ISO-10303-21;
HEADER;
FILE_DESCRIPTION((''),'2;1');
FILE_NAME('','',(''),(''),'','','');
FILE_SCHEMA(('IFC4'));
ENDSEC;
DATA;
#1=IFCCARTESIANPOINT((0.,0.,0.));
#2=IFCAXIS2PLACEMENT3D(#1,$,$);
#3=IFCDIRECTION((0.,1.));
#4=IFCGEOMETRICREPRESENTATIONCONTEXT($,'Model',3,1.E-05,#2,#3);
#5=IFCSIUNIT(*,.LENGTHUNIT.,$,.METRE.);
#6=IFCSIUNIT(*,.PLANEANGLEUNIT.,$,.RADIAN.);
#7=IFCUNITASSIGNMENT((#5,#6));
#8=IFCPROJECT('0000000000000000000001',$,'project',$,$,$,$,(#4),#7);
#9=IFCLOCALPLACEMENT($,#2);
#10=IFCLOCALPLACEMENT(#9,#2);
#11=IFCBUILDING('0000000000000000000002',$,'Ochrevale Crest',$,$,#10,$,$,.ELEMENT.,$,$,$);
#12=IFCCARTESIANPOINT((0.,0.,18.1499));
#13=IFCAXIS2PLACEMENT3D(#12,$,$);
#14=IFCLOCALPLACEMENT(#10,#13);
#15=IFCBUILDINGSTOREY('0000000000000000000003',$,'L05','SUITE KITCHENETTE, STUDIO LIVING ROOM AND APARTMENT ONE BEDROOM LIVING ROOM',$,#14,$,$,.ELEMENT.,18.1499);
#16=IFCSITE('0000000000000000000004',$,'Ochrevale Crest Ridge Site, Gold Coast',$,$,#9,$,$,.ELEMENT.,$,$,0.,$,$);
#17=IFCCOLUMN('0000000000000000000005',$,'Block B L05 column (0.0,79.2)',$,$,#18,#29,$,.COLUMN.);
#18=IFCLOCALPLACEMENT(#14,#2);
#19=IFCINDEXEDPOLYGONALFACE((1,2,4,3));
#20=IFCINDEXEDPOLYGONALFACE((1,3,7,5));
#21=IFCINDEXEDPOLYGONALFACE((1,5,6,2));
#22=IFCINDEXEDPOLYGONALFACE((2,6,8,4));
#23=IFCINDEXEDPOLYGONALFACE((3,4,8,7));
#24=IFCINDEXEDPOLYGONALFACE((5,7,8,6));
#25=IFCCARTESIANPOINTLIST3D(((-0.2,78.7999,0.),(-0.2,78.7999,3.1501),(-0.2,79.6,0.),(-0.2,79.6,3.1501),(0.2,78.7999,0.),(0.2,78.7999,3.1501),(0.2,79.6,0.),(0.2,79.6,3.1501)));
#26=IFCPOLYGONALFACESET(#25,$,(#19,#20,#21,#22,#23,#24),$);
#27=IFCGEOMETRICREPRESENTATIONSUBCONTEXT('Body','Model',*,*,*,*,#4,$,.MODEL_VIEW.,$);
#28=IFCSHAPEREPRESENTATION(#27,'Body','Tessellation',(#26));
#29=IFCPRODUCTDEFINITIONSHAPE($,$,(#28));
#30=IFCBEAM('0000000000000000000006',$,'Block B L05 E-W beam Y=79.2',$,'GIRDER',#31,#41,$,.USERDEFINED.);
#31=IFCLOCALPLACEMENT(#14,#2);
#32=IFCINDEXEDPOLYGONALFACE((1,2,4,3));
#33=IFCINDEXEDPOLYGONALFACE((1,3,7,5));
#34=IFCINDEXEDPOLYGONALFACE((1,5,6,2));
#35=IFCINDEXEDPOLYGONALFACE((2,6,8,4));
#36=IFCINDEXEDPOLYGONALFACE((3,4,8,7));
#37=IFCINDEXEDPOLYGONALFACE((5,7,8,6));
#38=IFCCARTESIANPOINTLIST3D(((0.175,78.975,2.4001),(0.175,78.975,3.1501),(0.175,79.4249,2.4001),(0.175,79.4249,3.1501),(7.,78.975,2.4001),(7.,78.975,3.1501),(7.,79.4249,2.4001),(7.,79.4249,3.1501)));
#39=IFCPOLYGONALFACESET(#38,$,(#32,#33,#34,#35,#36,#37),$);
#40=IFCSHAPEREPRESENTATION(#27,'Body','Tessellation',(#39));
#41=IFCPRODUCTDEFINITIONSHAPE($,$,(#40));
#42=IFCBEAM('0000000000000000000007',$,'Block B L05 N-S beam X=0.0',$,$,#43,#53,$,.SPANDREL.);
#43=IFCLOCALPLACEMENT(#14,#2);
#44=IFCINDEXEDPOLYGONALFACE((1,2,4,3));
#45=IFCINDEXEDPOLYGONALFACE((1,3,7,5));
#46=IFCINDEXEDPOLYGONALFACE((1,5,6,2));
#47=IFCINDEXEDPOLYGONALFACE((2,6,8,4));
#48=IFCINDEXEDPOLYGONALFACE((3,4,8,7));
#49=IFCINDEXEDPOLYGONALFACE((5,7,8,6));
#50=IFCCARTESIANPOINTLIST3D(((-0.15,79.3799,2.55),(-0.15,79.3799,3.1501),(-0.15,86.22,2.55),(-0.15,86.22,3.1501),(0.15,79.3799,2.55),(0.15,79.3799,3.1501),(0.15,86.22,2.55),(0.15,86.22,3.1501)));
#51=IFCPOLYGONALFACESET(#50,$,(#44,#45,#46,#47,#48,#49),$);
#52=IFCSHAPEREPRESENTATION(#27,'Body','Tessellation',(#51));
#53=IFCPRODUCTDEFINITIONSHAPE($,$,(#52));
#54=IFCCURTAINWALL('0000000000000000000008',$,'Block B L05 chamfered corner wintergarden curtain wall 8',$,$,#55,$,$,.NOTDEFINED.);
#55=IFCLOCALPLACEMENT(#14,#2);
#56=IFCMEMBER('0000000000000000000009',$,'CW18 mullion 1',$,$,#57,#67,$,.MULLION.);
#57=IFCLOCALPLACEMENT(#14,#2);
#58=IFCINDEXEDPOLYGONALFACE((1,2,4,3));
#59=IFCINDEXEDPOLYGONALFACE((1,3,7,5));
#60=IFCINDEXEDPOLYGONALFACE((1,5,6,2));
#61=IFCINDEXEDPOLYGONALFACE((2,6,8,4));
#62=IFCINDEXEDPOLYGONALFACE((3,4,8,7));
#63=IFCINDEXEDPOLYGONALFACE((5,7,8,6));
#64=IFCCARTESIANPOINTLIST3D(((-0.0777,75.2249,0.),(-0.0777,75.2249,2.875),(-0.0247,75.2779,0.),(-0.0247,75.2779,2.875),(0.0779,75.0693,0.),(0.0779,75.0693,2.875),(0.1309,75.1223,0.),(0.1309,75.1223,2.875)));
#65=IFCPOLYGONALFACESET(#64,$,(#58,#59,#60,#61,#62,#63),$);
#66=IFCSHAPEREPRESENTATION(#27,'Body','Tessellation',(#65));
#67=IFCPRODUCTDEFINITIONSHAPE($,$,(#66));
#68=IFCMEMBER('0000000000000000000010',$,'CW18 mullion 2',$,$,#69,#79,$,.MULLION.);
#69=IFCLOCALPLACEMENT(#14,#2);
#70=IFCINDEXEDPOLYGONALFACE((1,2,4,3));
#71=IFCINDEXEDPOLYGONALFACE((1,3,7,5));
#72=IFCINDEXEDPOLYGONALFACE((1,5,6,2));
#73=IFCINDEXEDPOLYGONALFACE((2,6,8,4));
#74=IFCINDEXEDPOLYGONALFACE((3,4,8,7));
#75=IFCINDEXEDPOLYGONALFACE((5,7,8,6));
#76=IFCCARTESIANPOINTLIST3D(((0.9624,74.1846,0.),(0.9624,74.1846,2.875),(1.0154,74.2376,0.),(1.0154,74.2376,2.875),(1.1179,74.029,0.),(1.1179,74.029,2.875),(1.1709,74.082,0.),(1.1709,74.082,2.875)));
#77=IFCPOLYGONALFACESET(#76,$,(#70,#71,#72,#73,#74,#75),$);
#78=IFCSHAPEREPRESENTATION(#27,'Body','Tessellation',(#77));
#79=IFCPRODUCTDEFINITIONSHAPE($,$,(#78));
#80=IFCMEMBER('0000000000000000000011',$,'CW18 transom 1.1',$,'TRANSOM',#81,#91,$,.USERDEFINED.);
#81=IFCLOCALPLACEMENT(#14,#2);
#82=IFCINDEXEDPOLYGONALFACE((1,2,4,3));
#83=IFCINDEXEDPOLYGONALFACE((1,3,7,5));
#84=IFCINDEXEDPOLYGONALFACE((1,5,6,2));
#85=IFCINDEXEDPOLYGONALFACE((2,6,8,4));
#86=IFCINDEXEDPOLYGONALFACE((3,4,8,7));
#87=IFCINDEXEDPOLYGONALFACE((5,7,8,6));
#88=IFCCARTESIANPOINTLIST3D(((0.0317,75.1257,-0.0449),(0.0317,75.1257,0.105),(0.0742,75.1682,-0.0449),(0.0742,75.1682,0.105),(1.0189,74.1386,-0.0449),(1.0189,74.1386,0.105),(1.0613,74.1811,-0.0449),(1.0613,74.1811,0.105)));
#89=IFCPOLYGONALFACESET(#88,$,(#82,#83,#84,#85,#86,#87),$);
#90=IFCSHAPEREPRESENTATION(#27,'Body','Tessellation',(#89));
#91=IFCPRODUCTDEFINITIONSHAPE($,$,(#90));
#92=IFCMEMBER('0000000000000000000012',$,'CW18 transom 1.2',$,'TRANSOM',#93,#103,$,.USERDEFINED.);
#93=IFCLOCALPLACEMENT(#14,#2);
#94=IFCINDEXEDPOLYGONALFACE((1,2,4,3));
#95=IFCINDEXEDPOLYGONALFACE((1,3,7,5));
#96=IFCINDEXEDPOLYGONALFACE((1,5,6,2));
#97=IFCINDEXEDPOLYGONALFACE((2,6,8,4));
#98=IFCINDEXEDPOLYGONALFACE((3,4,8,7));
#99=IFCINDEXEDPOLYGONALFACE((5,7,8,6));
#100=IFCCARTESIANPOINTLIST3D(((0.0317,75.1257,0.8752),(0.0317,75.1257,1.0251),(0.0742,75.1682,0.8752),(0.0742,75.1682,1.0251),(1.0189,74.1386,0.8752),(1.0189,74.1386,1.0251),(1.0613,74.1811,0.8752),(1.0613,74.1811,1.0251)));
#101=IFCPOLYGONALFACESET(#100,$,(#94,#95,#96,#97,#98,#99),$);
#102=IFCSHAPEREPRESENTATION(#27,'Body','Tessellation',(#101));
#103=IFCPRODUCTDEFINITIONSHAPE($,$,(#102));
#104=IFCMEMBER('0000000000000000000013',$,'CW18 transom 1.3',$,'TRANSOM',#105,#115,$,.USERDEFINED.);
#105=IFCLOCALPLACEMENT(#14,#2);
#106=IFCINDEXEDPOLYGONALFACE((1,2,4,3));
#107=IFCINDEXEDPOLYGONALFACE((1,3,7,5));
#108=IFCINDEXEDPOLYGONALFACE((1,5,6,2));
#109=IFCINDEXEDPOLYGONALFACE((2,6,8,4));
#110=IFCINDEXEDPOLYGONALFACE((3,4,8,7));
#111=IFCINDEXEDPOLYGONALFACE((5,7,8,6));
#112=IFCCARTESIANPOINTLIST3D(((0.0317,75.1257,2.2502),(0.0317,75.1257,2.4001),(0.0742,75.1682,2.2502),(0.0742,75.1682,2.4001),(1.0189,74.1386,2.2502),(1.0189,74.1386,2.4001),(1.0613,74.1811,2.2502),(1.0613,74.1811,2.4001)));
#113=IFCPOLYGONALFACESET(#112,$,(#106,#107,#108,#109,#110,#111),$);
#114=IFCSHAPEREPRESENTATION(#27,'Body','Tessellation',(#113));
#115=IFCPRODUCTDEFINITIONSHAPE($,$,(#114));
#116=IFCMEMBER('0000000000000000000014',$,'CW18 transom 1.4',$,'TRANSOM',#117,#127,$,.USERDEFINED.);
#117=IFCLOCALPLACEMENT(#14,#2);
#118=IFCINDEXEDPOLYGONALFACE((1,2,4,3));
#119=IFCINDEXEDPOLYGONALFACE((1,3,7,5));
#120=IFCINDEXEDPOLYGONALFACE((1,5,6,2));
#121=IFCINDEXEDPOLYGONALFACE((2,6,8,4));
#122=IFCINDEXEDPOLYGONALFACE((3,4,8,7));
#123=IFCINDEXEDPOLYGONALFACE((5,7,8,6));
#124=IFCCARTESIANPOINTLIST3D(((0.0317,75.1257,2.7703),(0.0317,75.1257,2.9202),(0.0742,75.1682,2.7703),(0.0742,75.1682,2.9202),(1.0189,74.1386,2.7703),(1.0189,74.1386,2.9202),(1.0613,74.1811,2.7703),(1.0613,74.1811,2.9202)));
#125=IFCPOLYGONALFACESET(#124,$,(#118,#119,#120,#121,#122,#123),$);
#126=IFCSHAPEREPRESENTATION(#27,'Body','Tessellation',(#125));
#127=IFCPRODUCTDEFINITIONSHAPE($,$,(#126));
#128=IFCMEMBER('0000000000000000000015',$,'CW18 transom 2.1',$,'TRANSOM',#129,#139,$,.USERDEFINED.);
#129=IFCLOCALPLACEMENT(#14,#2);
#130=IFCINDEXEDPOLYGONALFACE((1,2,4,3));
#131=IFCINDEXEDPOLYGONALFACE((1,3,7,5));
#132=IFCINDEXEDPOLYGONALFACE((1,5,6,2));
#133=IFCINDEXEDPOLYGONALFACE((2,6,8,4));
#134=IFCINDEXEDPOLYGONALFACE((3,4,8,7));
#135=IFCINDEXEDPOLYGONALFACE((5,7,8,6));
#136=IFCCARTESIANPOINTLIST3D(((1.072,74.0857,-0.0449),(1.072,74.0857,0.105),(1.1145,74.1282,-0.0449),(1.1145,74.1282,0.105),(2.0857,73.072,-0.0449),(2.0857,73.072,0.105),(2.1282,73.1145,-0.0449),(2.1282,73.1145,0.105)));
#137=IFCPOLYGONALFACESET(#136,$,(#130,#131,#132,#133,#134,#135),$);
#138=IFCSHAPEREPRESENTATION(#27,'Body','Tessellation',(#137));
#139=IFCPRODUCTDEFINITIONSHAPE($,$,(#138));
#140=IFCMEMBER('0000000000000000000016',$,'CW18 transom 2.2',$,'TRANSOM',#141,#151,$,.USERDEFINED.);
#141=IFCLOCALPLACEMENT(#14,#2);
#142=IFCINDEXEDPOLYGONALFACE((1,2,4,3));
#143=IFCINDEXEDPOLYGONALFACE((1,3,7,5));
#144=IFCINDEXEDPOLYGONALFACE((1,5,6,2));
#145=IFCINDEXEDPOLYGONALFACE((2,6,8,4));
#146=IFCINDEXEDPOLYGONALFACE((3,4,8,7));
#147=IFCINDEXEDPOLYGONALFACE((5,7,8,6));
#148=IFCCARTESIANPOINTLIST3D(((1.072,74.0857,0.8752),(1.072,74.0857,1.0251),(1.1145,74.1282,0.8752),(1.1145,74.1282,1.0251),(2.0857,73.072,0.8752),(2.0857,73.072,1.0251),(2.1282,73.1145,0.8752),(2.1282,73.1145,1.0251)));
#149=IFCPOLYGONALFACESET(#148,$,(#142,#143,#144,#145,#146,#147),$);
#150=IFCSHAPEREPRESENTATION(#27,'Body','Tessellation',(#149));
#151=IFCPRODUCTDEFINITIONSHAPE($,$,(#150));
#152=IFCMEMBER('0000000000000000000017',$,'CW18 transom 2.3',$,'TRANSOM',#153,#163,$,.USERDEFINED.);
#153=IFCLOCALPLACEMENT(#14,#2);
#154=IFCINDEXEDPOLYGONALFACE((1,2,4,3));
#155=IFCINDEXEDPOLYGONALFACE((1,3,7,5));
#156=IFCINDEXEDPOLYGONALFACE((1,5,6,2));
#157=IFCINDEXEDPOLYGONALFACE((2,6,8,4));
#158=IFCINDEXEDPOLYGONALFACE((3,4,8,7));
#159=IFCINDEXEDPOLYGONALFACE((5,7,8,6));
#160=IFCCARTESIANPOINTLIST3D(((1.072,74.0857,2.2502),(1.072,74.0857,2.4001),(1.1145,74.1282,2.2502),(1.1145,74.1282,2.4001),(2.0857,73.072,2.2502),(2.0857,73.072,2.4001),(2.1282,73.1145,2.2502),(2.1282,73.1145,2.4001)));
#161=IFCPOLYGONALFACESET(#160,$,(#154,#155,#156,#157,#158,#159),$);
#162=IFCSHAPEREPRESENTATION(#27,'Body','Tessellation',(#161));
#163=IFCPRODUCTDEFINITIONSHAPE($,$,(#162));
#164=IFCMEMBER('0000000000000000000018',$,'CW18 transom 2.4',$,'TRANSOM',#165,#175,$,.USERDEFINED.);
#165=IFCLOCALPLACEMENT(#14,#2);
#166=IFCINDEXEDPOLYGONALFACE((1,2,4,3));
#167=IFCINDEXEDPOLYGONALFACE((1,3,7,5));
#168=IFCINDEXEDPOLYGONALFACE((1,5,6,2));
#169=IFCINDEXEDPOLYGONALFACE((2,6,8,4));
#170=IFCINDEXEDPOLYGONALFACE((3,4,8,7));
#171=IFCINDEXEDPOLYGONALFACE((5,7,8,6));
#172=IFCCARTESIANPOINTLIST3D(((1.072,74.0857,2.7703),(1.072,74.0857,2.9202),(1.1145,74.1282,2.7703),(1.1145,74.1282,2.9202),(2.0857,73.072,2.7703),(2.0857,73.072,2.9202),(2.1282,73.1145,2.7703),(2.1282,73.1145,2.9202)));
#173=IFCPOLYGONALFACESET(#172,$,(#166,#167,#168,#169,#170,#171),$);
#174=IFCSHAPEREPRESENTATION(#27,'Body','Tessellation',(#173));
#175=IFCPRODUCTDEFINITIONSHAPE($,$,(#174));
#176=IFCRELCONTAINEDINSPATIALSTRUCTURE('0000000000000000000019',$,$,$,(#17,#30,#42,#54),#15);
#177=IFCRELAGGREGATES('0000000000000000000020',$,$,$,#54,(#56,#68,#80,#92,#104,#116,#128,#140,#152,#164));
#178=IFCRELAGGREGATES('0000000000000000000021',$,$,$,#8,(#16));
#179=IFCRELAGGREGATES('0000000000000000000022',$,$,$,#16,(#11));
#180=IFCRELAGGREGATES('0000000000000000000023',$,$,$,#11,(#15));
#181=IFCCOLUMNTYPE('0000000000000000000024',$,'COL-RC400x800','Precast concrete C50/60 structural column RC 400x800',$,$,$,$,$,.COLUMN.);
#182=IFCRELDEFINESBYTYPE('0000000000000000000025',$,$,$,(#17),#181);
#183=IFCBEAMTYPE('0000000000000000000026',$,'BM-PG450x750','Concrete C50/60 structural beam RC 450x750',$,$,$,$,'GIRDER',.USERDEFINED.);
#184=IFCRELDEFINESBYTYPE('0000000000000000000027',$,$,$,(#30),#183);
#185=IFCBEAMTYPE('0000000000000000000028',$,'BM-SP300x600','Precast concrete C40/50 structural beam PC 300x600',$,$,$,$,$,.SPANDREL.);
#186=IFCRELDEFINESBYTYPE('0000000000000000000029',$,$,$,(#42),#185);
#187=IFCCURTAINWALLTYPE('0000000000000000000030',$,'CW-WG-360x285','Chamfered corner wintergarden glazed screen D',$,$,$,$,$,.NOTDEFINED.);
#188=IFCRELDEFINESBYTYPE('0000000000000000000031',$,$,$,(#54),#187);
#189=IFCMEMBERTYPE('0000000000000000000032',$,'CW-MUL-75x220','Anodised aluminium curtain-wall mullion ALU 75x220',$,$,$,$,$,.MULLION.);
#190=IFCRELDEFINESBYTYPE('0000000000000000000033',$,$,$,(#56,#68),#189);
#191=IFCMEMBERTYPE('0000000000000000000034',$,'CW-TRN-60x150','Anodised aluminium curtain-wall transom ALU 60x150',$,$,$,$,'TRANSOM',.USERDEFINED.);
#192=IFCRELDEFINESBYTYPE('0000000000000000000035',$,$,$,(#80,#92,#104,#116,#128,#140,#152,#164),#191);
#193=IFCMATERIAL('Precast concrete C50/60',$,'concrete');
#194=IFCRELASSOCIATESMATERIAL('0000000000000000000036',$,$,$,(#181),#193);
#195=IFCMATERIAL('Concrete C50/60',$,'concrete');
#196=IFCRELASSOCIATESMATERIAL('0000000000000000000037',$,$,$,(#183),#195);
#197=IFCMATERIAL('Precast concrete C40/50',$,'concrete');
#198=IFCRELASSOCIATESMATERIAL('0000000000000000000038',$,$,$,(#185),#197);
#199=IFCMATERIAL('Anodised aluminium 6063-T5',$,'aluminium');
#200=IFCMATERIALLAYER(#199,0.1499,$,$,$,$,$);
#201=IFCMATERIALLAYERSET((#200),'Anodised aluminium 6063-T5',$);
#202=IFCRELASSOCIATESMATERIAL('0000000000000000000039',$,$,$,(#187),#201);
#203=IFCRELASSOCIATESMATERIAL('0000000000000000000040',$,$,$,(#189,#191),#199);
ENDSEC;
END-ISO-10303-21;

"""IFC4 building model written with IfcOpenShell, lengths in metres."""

from ifc_helpers import new_model, si_unit, direction, frame, origin, origin_2d, place, context, subcontext, project, spatial, rectangle, extrude, material, layer, layer_set, material_profile, profile_set, type_object, element, aggregate, save


model = new_model("IFC4")

# Units and contexts
model_context = context("Model", 3, precision=1e-05, world=origin(), true_north=direction((0.0, 1.0)))
body_context = subcontext(model_context, "Body", "Model", "MODEL_VIEW")
ifc_project = project(units=[si_unit("LENGTHUNIT", "METRE"), si_unit("PLANEANGLEUNIT", "RADIAN")], contexts=[model_context])

# Site, building, storey
site_placement = place(None, origin())
site = spatial("IfcSite", under=ifc_project, at=site_placement, Name="Ochrevale Crest Ridge Site, Gold Coast", CompositionType="ELEMENT", RefElevation=0.0)
building_placement = place(site_placement, origin())
building = spatial("IfcBuilding", under=site, at=building_placement, Name="Ochrevale Crest", CompositionType="ELEMENT")
storey_placement = place(building_placement, frame((0.0, 0.0, 18.1499)))
storey = spatial("IfcBuildingStorey", under=building, at=storey_placement, Name="L05", Description="SUITE KITCHENETTE, STUDIO LIVING ROOM AND APARTMENT ONE BEDROOM LIVING ROOM", CompositionType="ELEMENT", Elevation=18.1499)

# Column
ifc_material_1 = material(Name="Precast concrete C50/60", Category="concrete")
ifc_material_profile_1 = material_profile(ifc_material_1, rectangle(XDim=0.3999, YDim=0.8, at=origin_2d()), Name="RC 400x800")
ifc_profile_set_1 = profile_set([ifc_material_profile_1], Name="Precast concrete C50/60")
column_type = type_object("IfcColumnType", Name="COL-RC400x800", Description="Precast concrete C50/60 structural column RC 400x800", PredefinedType="COLUMN", material=ifc_profile_set_1)
column_placement = place(storey_placement, frame((0.0, 79.2, 0.0), z_axis=(0.0, 0.0, 1.0), x_axis=(1.0, 0.0, 0.0)))
element("IfcColumn", 1, at=column_placement, inside=storey, type_object=column_type, Name="Block B L05 column (0.0,79.2)", PredefinedType="COLUMN", context=body_context, shape_type="SweptSolid", body=[
    extrude(rectangle(XDim=0.3999, YDim=0.8, at=origin_2d()), origin(), (0.0, 0.0, 1.0), 3.1501),
])

# Beams
ifc_material_2 = material(Name="Concrete C50/60", Category="concrete")
ifc_material_profile_2 = material_profile(ifc_material_2, rectangle(XDim=0.45, YDim=0.75, at=origin_2d()), Name="RC 450x750")
ifc_profile_set_2 = profile_set([ifc_material_profile_2], Name="Concrete C50/60")
beam_type_1 = type_object("IfcBeamType", Name="BM-PG450x750", Description="Concrete C50/60 structural beam RC 450x750", ElementType="GIRDER", PredefinedType="USERDEFINED", material=ifc_profile_set_2)
beam_1_placement = place(storey_placement, frame((0.175, 79.2, 2.7751), z_axis=(1.0, 0.0, 0.0), x_axis=(0.0, 1.0, 0.0)))
element("IfcBeam", 2, at=beam_1_placement, inside=storey, type_object=beam_type_1, Name="Block B L05 E-W beam Y=79.2", ObjectType="GIRDER", PredefinedType="USERDEFINED", context=body_context, shape_type="SweptSolid", body=[
    extrude(rectangle(XDim=0.45, YDim=0.75, at=origin_2d()), origin(), (0.0, 0.0, 1.0), 6.825),
])
ifc_material_3 = material(Name="Precast concrete C40/50", Category="concrete")
ifc_material_profile_3 = material_profile(ifc_material_3, rectangle(XDim=0.3, YDim=0.6001, at=origin_2d()), Name="PC 300x600")
ifc_profile_set_3 = profile_set([ifc_material_profile_3], Name="Precast concrete C40/50")
beam_type_2 = type_object("IfcBeamType", Name="BM-SP300x600", Description="Precast concrete C40/50 structural beam PC 300x600", PredefinedType="SPANDREL", material=ifc_profile_set_3)
beam_2_placement = place(storey_placement, frame((0.0, 79.3799, 2.8501), z_axis=(0.0, 1.0, 0.0), x_axis=(-1.0, 0.0, 0.0)))
element("IfcBeam", 3, at=beam_2_placement, inside=storey, type_object=beam_type_2, Name="Block B L05 N-S beam X=0.0", PredefinedType="SPANDREL", context=body_context, shape_type="SweptSolid", body=[
    extrude(rectangle(XDim=0.3, YDim=0.6001, at=origin_2d()), origin(), (0.0, 0.0, 1.0), 6.8401),
])

# Curtain wall, members
ifc_material_4 = material(Name="Anodised aluminium 6063-T5", Category="aluminium")
ifc_layer_1 = layer(ifc_material_4, 0.1499)
ifc_layer_set_1 = layer_set([ifc_layer_1], Name="Anodised aluminium 6063-T5")
curtain_wall_type = type_object("IfcCurtainWallType", Name="CW-WG-360x285", Description="Chamfered corner wintergarden glazed screen D", PredefinedType="NOTDEFINED", material=ifc_layer_set_1)
curtain_wall_placement = place(storey_placement, origin())
curtain_wall = element("IfcCurtainWall", 4, at=curtain_wall_placement, inside=storey, type_object=curtain_wall_type, Name="Block B L05 chamfered corner wintergarden curtain wall 8", PredefinedType="NOTDEFINED")
ifc_material_profile_4 = material_profile(ifc_material_4, rectangle(XDim=0.075, YDim=0.22, at=origin_2d()), Name="ALU 75x220")
ifc_profile_set_4 = profile_set([ifc_material_profile_4], Name="Anodised aluminium 6063-T5")
member_type_1 = type_object("IfcMemberType", Name="CW-MUL-75x220", Description="Anodised aluminium curtain-wall mullion ALU 75x220", PredefinedType="MULLION", material=ifc_profile_set_4)
member_1_placement = place(storey_placement, frame((0.0266, 75.1736, 0.0), z_axis=(0.0, 0.0, 1.0), x_axis=(0.707107, 0.707107, 0.0)))
member_1 = element("IfcMember", 5, at=member_1_placement, type_object=member_type_1, Name="CW18 mullion 1", PredefinedType="MULLION", context=body_context, shape_type="SweptSolid", body=[
    extrude(rectangle(XDim=0.075, YDim=0.22, at=origin_2d()), origin(), (0.0, 0.0, 1.0), 2.875),
])
member_2_placement = place(storey_placement, frame((1.0667, 74.1333, 0.0), z_axis=(0.0, 0.0, 1.0), x_axis=(0.707107, 0.707107, 0.0)))
member_2 = element("IfcMember", 6, at=member_2_placement, type_object=member_type_1, Name="CW18 mullion 2", PredefinedType="MULLION", context=body_context, shape_type="SweptSolid", body=[
    extrude(rectangle(XDim=0.075, YDim=0.22, at=origin_2d()), origin(), (0.0, 0.0, 1.0), 2.875),
])
ifc_material_profile_5 = material_profile(ifc_material_4, rectangle(XDim=0.0601, YDim=0.1499, at=origin_2d()), Name="ALU 60x150")
ifc_profile_set_5 = profile_set([ifc_material_profile_5], Name="Anodised aluminium 6063-T5")
member_type_2 = type_object("IfcMemberType", Name="CW-TRN-60x150", Description="Anodised aluminium curtain-wall transom ALU 60x150", ElementType="TRANSOM", PredefinedType="USERDEFINED", material=ifc_profile_set_5)
member_3_placement = place(storey_placement, frame((0.053, 75.147, 0.03), z_axis=(0.707107, -0.707107, 0.0), x_axis=(0.707107, 0.707107, 0.0)))
member_3 = element("IfcMember", 7, at=member_3_placement, type_object=member_type_2, Name="CW18 transom 1.1", ObjectType="TRANSOM", PredefinedType="USERDEFINED", context=body_context, shape_type="SweptSolid", body=[
    extrude(rectangle(XDim=0.0601, YDim=0.1499, at=origin_2d()), origin(), (0.0, 0.0, 1.0), 1.396),
])
member_4_placement = place(storey_placement, frame((0.053, 75.147, 0.9502), z_axis=(0.707107, -0.707107, 0.0), x_axis=(0.707107, 0.707107, 0.0)))
member_4 = element("IfcMember", 8, at=member_4_placement, type_object=member_type_2, Name="CW18 transom 1.2", ObjectType="TRANSOM", PredefinedType="USERDEFINED", context=body_context, shape_type="SweptSolid", body=[
    extrude(rectangle(XDim=0.0601, YDim=0.1499, at=origin_2d()), origin(), (0.0, 0.0, 1.0), 1.396),
])
member_5_placement = place(storey_placement, frame((0.053, 75.147, 2.3252), z_axis=(0.707107, -0.707107, 0.0), x_axis=(0.707107, 0.707107, 0.0)))
member_5 = element("IfcMember", 9, at=member_5_placement, type_object=member_type_2, Name="CW18 transom 1.3", ObjectType="TRANSOM", PredefinedType="USERDEFINED", context=body_context, shape_type="SweptSolid", body=[
    extrude(rectangle(XDim=0.0601, YDim=0.1499, at=origin_2d()), origin(), (0.0, 0.0, 1.0), 1.396),
])
member_6_placement = place(storey_placement, frame((0.053, 75.147, 2.8452), z_axis=(0.707107, -0.707107, 0.0), x_axis=(0.707107, 0.707107, 0.0)))
member_6 = element("IfcMember", 10, at=member_6_placement, type_object=member_type_2, Name="CW18 transom 1.4", ObjectType="TRANSOM", PredefinedType="USERDEFINED", context=body_context, shape_type="SweptSolid", body=[
    extrude(rectangle(XDim=0.0601, YDim=0.1499, at=origin_2d()), origin(), (0.0, 0.0, 1.0), 1.396),
])
member_7_placement = place(storey_placement, frame((1.0933, 74.1069, 0.03), z_axis=(0.707107, -0.707107, 0.0), x_axis=(0.707107, 0.707107, 0.0)))
member_7 = element("IfcMember", 11, at=member_7_placement, type_object=member_type_2, Name="CW18 transom 2.1", ObjectType="TRANSOM", PredefinedType="USERDEFINED", context=body_context, shape_type="SweptSolid", body=[
    extrude(rectangle(XDim=0.0601, YDim=0.1499, at=origin_2d()), origin(), (0.0, 0.0, 1.0), 1.4336),
])
member_8_placement = place(storey_placement, frame((1.0933, 74.1069, 0.9502), z_axis=(0.707107, -0.707107, 0.0), x_axis=(0.707107, 0.707107, 0.0)))
member_8 = element("IfcMember", 12, at=member_8_placement, type_object=member_type_2, Name="CW18 transom 2.2", ObjectType="TRANSOM", PredefinedType="USERDEFINED", context=body_context, shape_type="SweptSolid", body=[
    extrude(rectangle(XDim=0.0601, YDim=0.1499, at=origin_2d()), origin(), (0.0, 0.0, 1.0), 1.4336),
])
member_9_placement = place(storey_placement, frame((1.0933, 74.1069, 2.3252), z_axis=(0.707107, -0.707107, 0.0), x_axis=(0.707107, 0.707107, 0.0)))
member_9 = element("IfcMember", 13, at=member_9_placement, type_object=member_type_2, Name="CW18 transom 2.3", ObjectType="TRANSOM", PredefinedType="USERDEFINED", context=body_context, shape_type="SweptSolid", body=[
    extrude(rectangle(XDim=0.0601, YDim=0.1499, at=origin_2d()), origin(), (0.0, 0.0, 1.0), 1.4336),
])
member_10_placement = place(storey_placement, frame((1.0933, 74.1069, 2.8452), z_axis=(0.707107, -0.707107, 0.0), x_axis=(0.707107, 0.707107, 0.0)))
member_10 = element("IfcMember", 14, at=member_10_placement, type_object=member_type_2, Name="CW18 transom 2.4", ObjectType="TRANSOM", PredefinedType="USERDEFINED", context=body_context, shape_type="SweptSolid", body=[
    extrude(rectangle(XDim=0.0601, YDim=0.1499, at=origin_2d()), origin(), (0.0, 0.0, 1.0), 1.4336),
])
aggregate(curtain_wall, [member_1, member_2, member_3, member_4, member_5, member_6, member_7, member_8, member_9, member_10])

save(model, "model.ifc")
